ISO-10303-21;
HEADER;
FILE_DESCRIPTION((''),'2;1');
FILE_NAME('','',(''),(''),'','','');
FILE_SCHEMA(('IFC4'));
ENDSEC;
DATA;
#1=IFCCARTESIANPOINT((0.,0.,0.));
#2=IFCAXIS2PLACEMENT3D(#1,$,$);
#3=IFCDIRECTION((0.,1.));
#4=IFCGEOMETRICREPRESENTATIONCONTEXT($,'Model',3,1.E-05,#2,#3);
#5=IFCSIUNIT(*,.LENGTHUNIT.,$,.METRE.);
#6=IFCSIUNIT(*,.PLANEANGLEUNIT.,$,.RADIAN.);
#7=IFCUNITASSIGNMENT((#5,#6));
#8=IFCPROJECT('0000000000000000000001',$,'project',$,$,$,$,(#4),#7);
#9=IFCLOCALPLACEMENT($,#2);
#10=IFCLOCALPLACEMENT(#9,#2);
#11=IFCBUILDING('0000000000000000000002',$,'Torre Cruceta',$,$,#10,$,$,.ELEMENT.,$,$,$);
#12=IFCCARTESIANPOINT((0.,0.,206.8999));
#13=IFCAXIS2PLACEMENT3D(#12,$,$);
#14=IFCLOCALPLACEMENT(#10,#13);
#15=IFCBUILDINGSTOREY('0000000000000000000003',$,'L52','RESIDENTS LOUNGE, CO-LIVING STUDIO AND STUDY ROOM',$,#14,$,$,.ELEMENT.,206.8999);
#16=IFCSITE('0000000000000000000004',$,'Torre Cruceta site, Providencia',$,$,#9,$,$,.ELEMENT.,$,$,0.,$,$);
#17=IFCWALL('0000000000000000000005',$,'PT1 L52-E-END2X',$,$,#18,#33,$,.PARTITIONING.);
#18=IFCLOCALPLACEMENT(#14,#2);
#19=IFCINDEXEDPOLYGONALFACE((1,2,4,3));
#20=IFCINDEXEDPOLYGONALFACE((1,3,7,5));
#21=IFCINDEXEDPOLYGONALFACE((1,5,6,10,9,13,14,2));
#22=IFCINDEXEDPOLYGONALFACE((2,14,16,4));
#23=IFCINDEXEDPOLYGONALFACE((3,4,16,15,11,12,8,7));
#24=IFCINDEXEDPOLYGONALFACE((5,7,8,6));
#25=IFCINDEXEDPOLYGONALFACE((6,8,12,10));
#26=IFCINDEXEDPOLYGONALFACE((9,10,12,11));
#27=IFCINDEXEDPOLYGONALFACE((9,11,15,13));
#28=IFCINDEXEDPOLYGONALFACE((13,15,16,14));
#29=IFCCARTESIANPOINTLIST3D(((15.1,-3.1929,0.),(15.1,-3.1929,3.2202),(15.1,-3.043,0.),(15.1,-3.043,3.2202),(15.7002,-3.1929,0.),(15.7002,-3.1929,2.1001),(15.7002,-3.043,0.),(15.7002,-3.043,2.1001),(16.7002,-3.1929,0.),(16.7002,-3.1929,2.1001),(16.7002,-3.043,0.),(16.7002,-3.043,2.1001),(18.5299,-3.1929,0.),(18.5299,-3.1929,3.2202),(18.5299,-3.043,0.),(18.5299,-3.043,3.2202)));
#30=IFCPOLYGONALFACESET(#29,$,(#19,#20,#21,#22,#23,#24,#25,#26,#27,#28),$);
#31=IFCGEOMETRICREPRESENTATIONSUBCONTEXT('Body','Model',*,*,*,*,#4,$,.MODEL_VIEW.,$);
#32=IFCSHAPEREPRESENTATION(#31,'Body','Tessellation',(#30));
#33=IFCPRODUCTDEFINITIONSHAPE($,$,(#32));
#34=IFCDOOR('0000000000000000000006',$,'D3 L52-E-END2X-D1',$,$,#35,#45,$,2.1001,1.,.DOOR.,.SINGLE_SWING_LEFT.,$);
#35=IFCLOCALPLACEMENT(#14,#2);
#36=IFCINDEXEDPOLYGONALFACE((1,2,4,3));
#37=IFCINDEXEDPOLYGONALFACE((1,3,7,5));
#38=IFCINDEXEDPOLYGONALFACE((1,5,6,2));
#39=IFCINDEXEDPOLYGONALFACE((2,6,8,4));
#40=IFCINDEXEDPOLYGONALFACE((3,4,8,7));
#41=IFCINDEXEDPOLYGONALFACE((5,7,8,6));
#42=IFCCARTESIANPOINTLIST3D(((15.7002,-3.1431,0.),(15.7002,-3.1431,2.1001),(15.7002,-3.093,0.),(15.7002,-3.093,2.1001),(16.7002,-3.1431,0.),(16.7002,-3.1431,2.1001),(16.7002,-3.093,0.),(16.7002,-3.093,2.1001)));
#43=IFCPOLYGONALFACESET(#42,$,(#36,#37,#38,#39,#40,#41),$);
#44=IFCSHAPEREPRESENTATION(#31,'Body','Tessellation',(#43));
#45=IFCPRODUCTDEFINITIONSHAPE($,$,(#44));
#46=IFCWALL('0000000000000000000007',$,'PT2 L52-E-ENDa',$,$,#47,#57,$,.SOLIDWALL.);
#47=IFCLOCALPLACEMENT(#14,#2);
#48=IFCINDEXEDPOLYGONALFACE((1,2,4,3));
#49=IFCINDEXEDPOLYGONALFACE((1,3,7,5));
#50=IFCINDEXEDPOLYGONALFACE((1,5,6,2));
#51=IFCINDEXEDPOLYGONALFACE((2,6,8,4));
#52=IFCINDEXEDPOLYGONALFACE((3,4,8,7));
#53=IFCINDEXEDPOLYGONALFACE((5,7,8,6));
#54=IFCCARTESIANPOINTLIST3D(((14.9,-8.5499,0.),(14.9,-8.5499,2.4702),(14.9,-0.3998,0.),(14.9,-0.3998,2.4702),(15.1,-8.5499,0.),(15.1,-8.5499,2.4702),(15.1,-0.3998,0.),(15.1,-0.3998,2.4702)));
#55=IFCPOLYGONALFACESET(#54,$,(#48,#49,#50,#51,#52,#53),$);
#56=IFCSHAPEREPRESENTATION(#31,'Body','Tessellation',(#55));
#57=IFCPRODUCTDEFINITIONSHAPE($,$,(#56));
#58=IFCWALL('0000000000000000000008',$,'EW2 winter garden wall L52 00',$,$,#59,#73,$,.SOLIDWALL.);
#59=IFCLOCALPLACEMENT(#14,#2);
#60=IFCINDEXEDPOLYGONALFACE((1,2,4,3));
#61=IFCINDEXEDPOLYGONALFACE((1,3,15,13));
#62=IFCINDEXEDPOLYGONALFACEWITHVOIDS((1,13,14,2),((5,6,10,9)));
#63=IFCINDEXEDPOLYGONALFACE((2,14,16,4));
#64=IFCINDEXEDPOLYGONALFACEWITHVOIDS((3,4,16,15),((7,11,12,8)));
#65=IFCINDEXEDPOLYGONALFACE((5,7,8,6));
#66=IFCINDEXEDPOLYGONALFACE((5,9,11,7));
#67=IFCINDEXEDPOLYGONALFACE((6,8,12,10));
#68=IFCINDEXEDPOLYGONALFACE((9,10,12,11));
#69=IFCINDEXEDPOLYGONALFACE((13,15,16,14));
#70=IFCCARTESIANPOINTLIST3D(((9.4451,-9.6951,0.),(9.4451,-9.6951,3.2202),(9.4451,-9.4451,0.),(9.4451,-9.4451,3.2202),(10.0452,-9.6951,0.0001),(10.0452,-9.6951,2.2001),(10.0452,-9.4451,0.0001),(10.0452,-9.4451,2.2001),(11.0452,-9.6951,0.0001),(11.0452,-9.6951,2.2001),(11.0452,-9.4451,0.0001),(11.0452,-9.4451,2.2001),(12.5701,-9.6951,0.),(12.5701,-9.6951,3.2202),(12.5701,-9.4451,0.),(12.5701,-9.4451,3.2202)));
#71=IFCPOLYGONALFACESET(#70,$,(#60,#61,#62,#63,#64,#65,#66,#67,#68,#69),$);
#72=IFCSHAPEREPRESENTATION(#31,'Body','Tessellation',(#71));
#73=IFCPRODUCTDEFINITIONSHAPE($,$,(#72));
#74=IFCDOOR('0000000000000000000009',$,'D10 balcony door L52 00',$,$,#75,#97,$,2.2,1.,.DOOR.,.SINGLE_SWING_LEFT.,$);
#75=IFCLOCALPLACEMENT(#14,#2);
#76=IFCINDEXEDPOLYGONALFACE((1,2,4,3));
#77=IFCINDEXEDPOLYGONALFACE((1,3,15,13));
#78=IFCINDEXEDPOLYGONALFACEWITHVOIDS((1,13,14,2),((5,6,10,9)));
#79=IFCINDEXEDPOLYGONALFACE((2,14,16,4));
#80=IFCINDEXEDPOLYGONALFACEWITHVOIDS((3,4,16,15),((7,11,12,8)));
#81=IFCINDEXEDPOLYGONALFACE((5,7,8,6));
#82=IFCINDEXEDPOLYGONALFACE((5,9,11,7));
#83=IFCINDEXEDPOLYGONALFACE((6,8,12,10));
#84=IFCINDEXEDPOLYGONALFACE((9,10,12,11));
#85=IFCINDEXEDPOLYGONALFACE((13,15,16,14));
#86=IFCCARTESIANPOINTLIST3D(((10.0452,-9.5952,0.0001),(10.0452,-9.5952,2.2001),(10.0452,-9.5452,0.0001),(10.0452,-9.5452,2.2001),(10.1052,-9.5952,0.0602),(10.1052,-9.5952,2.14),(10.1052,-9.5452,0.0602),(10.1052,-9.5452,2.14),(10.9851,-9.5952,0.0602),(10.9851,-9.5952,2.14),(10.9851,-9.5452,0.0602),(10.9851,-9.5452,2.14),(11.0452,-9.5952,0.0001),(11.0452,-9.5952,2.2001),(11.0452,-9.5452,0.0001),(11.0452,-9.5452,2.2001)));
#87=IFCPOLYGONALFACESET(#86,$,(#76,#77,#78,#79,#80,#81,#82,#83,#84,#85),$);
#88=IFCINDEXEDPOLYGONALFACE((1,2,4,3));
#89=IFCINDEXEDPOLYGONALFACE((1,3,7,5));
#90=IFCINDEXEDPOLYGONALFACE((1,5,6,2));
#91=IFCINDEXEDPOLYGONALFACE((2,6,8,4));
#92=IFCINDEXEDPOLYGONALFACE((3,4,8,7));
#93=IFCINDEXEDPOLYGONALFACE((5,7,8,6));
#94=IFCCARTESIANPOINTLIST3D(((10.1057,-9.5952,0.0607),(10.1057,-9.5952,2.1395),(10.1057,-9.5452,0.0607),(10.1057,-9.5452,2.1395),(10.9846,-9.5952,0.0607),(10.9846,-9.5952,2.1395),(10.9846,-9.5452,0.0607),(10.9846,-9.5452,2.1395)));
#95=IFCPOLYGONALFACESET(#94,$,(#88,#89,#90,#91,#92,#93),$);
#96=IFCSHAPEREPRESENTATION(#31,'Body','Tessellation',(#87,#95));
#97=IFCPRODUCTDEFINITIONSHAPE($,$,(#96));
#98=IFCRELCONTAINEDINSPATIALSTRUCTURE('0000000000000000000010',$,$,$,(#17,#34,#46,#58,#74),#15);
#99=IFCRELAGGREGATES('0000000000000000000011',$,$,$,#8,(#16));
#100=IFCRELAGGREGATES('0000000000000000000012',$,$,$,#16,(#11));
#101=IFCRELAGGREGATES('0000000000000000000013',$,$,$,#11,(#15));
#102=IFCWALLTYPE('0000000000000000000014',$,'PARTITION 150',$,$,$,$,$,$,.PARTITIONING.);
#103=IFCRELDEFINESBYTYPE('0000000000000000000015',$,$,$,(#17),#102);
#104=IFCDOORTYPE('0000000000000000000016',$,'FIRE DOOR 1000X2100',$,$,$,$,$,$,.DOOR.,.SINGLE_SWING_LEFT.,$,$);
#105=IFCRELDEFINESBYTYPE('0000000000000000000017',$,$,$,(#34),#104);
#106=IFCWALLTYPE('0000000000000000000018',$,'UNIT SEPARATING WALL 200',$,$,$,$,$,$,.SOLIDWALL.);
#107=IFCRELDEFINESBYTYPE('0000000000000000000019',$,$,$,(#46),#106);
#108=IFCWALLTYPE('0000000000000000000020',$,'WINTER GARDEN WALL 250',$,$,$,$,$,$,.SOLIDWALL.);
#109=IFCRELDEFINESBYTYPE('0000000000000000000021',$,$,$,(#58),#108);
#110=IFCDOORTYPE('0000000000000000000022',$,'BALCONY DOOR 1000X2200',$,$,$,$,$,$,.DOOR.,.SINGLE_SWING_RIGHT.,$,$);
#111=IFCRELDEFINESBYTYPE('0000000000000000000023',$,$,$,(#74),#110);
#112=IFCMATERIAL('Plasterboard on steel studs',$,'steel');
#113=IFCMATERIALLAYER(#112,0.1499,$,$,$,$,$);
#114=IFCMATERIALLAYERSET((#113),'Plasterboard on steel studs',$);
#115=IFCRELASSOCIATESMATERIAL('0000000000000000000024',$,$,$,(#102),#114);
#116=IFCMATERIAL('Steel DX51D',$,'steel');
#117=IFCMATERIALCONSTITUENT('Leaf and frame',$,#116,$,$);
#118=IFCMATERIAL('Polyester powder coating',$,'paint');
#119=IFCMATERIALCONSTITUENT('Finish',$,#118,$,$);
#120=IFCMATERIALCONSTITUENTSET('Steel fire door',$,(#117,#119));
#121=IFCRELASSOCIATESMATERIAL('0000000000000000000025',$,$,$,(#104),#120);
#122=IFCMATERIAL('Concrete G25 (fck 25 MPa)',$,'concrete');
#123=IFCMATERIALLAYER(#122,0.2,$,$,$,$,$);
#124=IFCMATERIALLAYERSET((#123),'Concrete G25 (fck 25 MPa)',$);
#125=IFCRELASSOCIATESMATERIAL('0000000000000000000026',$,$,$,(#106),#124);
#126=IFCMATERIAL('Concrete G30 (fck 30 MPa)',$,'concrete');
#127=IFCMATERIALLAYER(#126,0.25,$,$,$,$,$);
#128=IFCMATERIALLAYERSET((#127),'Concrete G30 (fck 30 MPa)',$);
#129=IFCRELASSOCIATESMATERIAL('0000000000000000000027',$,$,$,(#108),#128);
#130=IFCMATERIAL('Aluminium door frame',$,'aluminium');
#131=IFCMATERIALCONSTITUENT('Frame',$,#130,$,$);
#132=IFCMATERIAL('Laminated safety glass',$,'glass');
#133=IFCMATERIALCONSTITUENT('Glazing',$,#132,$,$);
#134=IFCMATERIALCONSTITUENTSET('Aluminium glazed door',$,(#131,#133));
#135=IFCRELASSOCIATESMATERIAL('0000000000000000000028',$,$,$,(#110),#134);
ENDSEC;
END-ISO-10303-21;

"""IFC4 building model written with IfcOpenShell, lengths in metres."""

from ifc_helpers import new_model, si_unit, direction, frame, frame_2d, origin, place, context, subcontext, project, spatial, rectangle, hollow_rectangle, extrude, material, layer, layer_set, constituent, constituent_set, type_object, element, fill, save


model = new_model("IFC4")

# Units and contexts
model_context = context("Model", 3, precision=1e-05, world=origin(), true_north=direction((0.0, 1.0)))
body_context = subcontext(model_context, "Body", "Model", "MODEL_VIEW")
ifc_project = project(units=[si_unit("LENGTHUNIT", "METRE"), si_unit("PLANEANGLEUNIT", "RADIAN")], contexts=[model_context])

# Site, building, storey
site_placement = place(None, origin())
site = spatial("IfcSite", under=ifc_project, at=site_placement, Name="Torre Cruceta site, Providencia", CompositionType="ELEMENT", RefElevation=0.0)
building_placement = place(site_placement, origin())
building = spatial("IfcBuilding", under=site, at=building_placement, Name="Torre Cruceta", CompositionType="ELEMENT")
storey_placement = place(building_placement, frame((0.0, 0.0, 206.8999)))
storey = spatial("IfcBuildingStorey", under=building, at=storey_placement, Name="L52", Description="RESIDENTS LOUNGE, CO-LIVING STUDIO AND STUDY ROOM", CompositionType="ELEMENT", Elevation=206.8999)

# Wall, opening, door
ifc_material_1 = material(Name="Plasterboard on steel studs", Category="steel")
ifc_layer_1 = layer(ifc_material_1, 0.1499)
ifc_layer_set_1 = layer_set([ifc_layer_1], Name="Plasterboard on steel studs")
wall_type_1 = type_object("IfcWallType", Name="PARTITION 150", PredefinedType="PARTITIONING", material=ifc_layer_set_1)
wall_1_placement = place(storey_placement, frame((15.1001, -3.1179, 0.0), z_axis=(0.0, 0.0, 1.0), x_axis=(1.0, 0.0, 0.0)))
wall_1 = element("IfcWall", 1, at=wall_1_placement, inside=storey, type_object=wall_type_1, Name="PT1 L52-E-END2X", PredefinedType="PARTITIONING", context=body_context, shape_type="SweptSolid", body=[
    extrude(rectangle(XDim=3.4299, YDim=0.1499, at=frame_2d((1.7148, 0.0))), origin(), (0.0, 0.0, 1.0), 3.2202),
])
opening_1_placement = place(wall_1_placement, frame((0.6001, 0.0, 0.0)))
opening_1 = element("IfcOpeningElement", 2, at=opening_1_placement, cuts=wall_1, PredefinedType="OPENING", context=body_context, shape_type="SweptSolid", body=[
    extrude(rectangle(XDim=1.0, YDim=2.1001, at=frame_2d((0.5, 1.05))), frame((0.0, 0.085, 0.0), z_axis=(0.0, -1.0, 0.0), x_axis=(1.0, 0.0, 0.0)), (0.0, 0.0, 1.0), 0.1699),
])
ifc_material_2 = material(Name="Steel DX51D", Category="steel")
ifc_constituent_1 = constituent(ifc_material_2, Name="Leaf and frame")
ifc_material_3 = material(Name="Polyester powder coating", Category="paint")
ifc_constituent_2 = constituent(ifc_material_3, Name="Finish")
ifc_constituent_set_1 = constituent_set(constituents=[ifc_constituent_1, ifc_constituent_2], Name="Steel fire door")
door_type_1 = type_object("IfcDoorType", Name="FIRE DOOR 1000X2100", OperationType="SINGLE_SWING_LEFT", PredefinedType="DOOR", material=ifc_constituent_set_1)
door_1_placement = place(opening_1_placement, origin())
door_1 = element("IfcDoor", 3, at=door_1_placement, inside=storey, type_object=door_type_1, Name="D3 L52-E-END2X-D1", OperationType="SINGLE_SWING_LEFT", OverallHeight=2.1001, OverallWidth=1.0, PredefinedType="DOOR", context=body_context, shape_type="SweptSolid", body=[
    extrude(rectangle(XDim=1.0, YDim=2.1001, at=frame_2d((0.5, 1.05))), frame((0.0, 0.0249, 0.0), z_axis=(0.0, -1.0, 0.0), x_axis=(1.0, 0.0, 0.0)), (0.0, 0.0, 1.0), 0.05),
])
fill(opening_1, door_1)

# Wall
ifc_material_4 = material(Name="Concrete G25 (fck 25 MPa)", Category="concrete")
ifc_layer_2 = layer(ifc_material_4, 0.2)
ifc_layer_set_2 = layer_set([ifc_layer_2], Name="Concrete G25 (fck 25 MPa)")
wall_type_2 = type_object("IfcWallType", Name="UNIT SEPARATING WALL 200", PredefinedType="SOLIDWALL", material=ifc_layer_set_2)
wall_2_placement = place(storey_placement, frame((15.0, -8.55, 0.0), z_axis=(0.0, 0.0, 1.0), x_axis=(0.0, 1.0, 0.0)))
element("IfcWall", 4, at=wall_2_placement, inside=storey, type_object=wall_type_2, Name="PT2 L52-E-ENDa", PredefinedType="SOLIDWALL", context=body_context, shape_type="SweptSolid", body=[
    extrude(rectangle(XDim=8.1501, YDim=0.2, at=frame_2d((4.0752, 0.0))), origin(), (0.0, 0.0, 1.0), 2.4702),
])

# Wall, opening, door
ifc_material_5 = material(Name="Concrete G30 (fck 30 MPa)", Category="concrete")
ifc_layer_3 = layer(ifc_material_5, 0.25)
ifc_layer_set_3 = layer_set([ifc_layer_3], Name="Concrete G30 (fck 30 MPa)")
wall_type_3 = type_object("IfcWallType", Name="WINTER GARDEN WALL 250", PredefinedType="SOLIDWALL", material=ifc_layer_set_3)
wall_3_placement = place(storey_placement, frame((9.4451, -9.5701, 0.0), z_axis=(0.0, 0.0, 1.0), x_axis=(1.0, 0.0, 0.0)))
wall_3 = element("IfcWall", 5, at=wall_3_placement, inside=storey, type_object=wall_type_3, Name="EW2 winter garden wall L52 00", PredefinedType="SOLIDWALL", context=body_context, shape_type="SweptSolid", body=[
    extrude(rectangle(XDim=3.125, YDim=0.25, at=frame_2d((1.5625, 0.0))), origin(), (0.0, 0.0, 1.0), 3.2202),
])
opening_2_placement = place(wall_3_placement, frame((0.6001, 0.0, 0.0)))
opening_2 = element("IfcOpeningElement", 6, at=opening_2_placement, cuts=wall_3, PredefinedType="OPENING", context=body_context, shape_type="SweptSolid", body=[
    extrude(rectangle(XDim=1.0, YDim=2.2, at=frame_2d((0.5, 1.1001))), frame((0.0, 0.135, 0.0), z_axis=(0.0, -1.0, 0.0), x_axis=(1.0, 0.0, 0.0)), (0.0, 0.0, 1.0), 0.27),
])
ifc_material_6 = material(Name="Aluminium door frame", Category="aluminium")
ifc_constituent_3 = constituent(ifc_material_6, Name="Frame")
ifc_material_7 = material(Name="Laminated safety glass", Category="glass")
ifc_constituent_4 = constituent(ifc_material_7, Name="Glazing")
ifc_constituent_set_2 = constituent_set(constituents=[ifc_constituent_3, ifc_constituent_4], Name="Aluminium glazed door")
door_type_2 = type_object("IfcDoorType", Name="BALCONY DOOR 1000X2200", OperationType="SINGLE_SWING_RIGHT", PredefinedType="DOOR", material=ifc_constituent_set_2)
door_2_placement = place(opening_2_placement, origin())
door_2 = element("IfcDoor", 7, at=door_2_placement, inside=storey, type_object=door_type_2, Name="D10 balcony door L52 00", OperationType="SINGLE_SWING_LEFT", OverallHeight=2.2, OverallWidth=1.0, PredefinedType="DOOR", context=body_context, shape_type="SweptSolid", body=[
    extrude(hollow_rectangle(XDim=1.0, YDim=2.2, WallThickness=0.0601, at=frame_2d((0.5, 1.1001))), frame((0.0, 0.0249, 0.0), z_axis=(0.0, -1.0, 0.0), x_axis=(1.0, 0.0, 0.0)), (0.0, 0.0, 1.0), 0.05),
    extrude(rectangle(XDim=0.8789, YDim=2.0789, at=frame_2d((0.5, 1.1001))), frame((0.0, 0.0249, 0.0), z_axis=(0.0, -1.0, 0.0), x_axis=(1.0, 0.0, 0.0)), (0.0, 0.0, 1.0), 0.05),
])
fill(opening_2, door_2)

save(model, "model.ifc")
